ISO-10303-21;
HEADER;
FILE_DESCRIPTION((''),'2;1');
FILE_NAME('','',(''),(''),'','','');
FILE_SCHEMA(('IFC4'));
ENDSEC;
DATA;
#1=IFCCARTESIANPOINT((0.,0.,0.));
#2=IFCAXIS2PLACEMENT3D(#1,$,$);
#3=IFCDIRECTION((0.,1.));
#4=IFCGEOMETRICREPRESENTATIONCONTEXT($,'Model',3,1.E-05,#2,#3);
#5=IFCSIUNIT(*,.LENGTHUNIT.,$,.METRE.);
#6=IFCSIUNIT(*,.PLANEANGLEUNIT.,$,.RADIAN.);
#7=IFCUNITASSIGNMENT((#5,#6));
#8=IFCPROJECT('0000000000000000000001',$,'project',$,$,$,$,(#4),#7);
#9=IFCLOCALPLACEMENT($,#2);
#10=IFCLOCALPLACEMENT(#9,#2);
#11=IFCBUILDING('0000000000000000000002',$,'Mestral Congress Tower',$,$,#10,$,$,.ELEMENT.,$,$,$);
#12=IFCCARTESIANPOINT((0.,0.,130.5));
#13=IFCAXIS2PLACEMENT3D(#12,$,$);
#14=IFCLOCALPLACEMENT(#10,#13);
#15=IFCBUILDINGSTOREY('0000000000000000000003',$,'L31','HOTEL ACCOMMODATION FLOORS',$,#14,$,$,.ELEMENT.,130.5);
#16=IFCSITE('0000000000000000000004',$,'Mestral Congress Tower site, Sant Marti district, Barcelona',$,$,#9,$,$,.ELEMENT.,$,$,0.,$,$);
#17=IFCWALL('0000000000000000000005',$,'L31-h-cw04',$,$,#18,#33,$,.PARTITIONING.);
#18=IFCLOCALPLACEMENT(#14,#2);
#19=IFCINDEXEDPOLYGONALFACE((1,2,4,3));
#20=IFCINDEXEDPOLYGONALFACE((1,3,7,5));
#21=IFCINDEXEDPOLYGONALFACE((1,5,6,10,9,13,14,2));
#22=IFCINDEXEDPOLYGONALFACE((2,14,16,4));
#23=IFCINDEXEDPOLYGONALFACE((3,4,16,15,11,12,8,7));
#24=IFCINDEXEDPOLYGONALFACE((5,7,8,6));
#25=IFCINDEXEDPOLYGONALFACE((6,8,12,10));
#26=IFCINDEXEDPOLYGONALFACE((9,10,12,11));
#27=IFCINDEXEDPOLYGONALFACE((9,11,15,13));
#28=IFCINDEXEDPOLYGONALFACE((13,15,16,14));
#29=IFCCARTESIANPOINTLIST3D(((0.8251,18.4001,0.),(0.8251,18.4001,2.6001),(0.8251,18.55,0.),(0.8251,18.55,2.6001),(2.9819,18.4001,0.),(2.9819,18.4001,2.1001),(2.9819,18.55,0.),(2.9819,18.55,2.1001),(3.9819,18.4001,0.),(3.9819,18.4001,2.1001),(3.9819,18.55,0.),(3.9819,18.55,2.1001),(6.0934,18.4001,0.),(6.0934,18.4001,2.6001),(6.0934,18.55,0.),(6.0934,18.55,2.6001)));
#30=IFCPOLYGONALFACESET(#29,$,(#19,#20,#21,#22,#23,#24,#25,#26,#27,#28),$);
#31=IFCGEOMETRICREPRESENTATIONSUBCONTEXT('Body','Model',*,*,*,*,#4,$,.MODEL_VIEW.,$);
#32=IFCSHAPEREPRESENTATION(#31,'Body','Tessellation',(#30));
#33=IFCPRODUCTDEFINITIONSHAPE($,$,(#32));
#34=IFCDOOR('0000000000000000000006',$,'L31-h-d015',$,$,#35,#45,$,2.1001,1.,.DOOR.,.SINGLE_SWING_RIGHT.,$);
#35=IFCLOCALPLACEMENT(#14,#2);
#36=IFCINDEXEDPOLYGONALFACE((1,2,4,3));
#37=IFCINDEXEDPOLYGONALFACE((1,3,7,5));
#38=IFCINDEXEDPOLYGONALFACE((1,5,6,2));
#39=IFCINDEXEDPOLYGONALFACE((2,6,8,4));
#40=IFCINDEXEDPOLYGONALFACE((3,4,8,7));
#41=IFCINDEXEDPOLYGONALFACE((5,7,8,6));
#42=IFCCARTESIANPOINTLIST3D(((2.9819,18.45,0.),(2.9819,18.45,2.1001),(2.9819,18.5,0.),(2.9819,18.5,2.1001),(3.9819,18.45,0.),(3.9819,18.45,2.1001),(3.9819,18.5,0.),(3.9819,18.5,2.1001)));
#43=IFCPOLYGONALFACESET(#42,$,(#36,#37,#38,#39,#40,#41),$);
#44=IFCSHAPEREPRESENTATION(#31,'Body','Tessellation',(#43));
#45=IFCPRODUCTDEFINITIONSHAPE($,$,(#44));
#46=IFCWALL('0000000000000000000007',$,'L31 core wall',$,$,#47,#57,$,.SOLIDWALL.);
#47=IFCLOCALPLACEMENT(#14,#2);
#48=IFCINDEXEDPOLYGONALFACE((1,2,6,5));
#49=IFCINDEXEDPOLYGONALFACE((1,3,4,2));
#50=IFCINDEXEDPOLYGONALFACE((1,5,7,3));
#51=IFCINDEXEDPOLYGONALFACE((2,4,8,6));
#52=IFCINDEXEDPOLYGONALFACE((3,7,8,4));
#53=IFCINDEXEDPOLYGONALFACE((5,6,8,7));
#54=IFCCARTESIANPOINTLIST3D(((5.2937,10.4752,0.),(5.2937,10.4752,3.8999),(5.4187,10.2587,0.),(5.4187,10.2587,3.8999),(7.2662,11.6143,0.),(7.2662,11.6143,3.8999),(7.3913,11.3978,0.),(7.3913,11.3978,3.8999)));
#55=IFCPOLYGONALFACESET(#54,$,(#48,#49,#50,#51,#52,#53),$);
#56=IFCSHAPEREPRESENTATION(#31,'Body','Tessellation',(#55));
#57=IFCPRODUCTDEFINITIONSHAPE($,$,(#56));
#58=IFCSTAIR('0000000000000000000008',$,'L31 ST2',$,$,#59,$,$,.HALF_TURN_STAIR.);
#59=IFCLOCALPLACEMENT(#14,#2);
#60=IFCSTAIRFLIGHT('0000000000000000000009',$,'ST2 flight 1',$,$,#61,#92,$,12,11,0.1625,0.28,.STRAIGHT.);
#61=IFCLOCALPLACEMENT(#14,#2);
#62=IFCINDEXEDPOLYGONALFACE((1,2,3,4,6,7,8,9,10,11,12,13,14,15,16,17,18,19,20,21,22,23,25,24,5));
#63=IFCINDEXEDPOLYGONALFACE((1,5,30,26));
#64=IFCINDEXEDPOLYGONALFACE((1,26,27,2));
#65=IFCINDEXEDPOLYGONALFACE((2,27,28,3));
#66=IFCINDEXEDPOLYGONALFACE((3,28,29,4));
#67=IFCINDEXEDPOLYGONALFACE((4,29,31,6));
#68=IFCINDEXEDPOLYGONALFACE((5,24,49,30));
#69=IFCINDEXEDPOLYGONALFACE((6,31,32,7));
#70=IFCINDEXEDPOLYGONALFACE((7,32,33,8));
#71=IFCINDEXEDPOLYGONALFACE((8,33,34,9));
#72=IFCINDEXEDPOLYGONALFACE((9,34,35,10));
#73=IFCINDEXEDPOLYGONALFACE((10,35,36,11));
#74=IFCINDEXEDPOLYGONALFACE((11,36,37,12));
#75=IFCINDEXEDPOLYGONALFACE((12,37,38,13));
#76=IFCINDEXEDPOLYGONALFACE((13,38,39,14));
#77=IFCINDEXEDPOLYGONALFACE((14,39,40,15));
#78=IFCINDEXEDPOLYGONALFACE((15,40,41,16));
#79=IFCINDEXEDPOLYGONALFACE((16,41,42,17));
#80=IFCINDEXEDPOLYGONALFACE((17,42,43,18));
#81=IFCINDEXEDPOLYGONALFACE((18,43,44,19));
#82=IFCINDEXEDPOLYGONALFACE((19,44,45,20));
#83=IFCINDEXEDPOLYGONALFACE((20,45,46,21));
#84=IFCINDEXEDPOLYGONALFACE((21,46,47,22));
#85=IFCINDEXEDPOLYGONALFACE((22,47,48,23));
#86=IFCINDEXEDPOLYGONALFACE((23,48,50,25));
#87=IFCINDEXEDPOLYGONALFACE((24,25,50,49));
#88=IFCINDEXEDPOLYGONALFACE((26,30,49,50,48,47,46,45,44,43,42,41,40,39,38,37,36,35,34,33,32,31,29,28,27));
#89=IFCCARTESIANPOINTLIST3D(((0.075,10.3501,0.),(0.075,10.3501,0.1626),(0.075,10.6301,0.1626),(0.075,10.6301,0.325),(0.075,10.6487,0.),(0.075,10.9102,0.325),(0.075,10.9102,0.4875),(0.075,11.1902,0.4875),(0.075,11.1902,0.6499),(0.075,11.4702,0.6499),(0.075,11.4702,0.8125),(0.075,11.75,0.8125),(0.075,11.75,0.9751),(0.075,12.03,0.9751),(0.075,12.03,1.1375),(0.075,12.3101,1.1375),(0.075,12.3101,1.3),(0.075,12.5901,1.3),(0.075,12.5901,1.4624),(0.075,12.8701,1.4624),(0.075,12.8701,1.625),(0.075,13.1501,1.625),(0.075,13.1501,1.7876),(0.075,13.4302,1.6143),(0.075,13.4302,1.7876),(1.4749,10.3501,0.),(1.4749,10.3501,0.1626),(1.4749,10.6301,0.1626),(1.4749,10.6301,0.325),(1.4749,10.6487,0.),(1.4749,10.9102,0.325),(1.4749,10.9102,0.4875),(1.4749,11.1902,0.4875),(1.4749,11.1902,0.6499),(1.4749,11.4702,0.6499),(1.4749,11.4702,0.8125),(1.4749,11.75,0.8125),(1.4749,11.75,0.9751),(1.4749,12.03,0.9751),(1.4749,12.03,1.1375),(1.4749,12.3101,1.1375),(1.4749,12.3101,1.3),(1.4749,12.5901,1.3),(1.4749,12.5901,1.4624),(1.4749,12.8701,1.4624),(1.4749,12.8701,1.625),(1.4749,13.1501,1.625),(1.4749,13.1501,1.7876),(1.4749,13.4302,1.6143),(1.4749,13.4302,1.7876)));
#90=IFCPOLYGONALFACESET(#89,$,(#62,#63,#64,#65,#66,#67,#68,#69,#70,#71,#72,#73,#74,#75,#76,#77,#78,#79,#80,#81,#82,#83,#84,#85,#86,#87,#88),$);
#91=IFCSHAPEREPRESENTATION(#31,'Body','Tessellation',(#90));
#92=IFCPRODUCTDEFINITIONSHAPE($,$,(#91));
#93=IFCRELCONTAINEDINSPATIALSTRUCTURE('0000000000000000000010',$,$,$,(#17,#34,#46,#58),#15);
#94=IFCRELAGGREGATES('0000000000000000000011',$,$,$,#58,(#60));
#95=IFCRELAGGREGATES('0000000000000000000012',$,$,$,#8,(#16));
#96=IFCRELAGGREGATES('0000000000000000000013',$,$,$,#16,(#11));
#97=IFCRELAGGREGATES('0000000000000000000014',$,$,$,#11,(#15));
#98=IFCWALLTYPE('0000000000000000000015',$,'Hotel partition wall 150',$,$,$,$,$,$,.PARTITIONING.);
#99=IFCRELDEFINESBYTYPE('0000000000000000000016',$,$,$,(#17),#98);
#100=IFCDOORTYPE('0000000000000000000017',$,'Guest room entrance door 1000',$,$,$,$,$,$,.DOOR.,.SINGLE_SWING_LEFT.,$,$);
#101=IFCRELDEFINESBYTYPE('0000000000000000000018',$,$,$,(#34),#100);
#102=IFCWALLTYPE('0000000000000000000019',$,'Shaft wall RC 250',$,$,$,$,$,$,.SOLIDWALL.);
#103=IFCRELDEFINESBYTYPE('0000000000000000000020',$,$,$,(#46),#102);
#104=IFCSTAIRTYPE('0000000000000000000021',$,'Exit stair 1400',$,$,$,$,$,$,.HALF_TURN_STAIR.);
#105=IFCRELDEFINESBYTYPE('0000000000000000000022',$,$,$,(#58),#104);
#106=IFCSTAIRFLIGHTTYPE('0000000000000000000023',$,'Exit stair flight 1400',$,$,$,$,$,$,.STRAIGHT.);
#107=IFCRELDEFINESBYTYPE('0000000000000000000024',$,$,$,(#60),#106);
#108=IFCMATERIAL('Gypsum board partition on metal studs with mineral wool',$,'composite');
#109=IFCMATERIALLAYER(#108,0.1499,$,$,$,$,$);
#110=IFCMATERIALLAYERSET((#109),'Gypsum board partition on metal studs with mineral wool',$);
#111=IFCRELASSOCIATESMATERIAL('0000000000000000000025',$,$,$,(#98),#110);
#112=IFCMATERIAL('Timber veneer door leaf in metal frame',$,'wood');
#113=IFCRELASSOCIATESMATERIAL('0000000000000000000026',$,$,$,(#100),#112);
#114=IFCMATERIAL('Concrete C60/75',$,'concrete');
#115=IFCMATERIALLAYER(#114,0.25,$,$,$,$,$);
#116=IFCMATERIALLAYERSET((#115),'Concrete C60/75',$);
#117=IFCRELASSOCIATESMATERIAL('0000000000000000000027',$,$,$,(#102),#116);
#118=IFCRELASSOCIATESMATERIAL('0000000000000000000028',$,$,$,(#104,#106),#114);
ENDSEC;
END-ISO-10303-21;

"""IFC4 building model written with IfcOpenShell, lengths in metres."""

from ifc_helpers import new_model, si_unit, direction, frame, frame_2d, origin, place, context, subcontext, project, spatial, polyline, rectangle, outline, extrude, material, layer, layer_set, type_object, element, fill, aggregate, save


model = new_model("IFC4")

# Units and contexts
model_context = context("Model", 3, precision=1e-05, world=origin(), true_north=direction((0.0, 1.0)))
body_context = subcontext(model_context, "Body", "Model", "MODEL_VIEW")
ifc_project = project(units=[si_unit("LENGTHUNIT", "METRE"), si_unit("PLANEANGLEUNIT", "RADIAN")], contexts=[model_context])

# Site, building, storey
site_placement = place(None, origin())
site = spatial("IfcSite", under=ifc_project, at=site_placement, Name="Mestral Congress Tower site, Sant Marti district, Barcelona", CompositionType="ELEMENT", RefElevation=0.0)
building_placement = place(site_placement, origin())
building = spatial("IfcBuilding", under=site, at=building_placement, Name="Mestral Congress Tower", CompositionType="ELEMENT")
storey_placement = place(building_placement, frame((0.0, 0.0, 130.5)))
storey = spatial("IfcBuildingStorey", under=building, at=storey_placement, Name="L31", Description="HOTEL ACCOMMODATION FLOORS", CompositionType="ELEMENT", Elevation=130.5)

# Shared definitions
ifc_material_1 = material(Name="Concrete C60/75", Category="concrete")

# Shared definitions
ifc_material_2 = material(Name="Gypsum board partition on metal studs with mineral wool", Category="composite")
ifc_layer_1 = layer(ifc_material_2, 0.1499)
ifc_layer_set_1 = layer_set([ifc_layer_1], Name="Gypsum board partition on metal studs with mineral wool")
wall_type_1 = type_object("IfcWallType", Name="Hotel partition wall 150", PredefinedType="PARTITIONING", material=ifc_layer_set_1)
ifc_material_3 = material(Name="Timber veneer door leaf in metal frame", Category="wood")
door_type_1 = type_object("IfcDoorType", Name="Guest room entrance door 1000", OperationType="SINGLE_SWING_LEFT", PredefinedType="DOOR", material=ifc_material_3)

# Wall, opening, door
wall_1_placement = place(storey_placement, frame((0.825, 18.4751, 0.0), z_axis=(0.0, 0.0, 1.0), x_axis=(1.0, 0.0, 0.0)))
wall_1 = element("IfcWall", 1, at=wall_1_placement, inside=storey, type_object=wall_type_1, Name="L31-h-cw04", PredefinedType="PARTITIONING", context=body_context, shape_type="SweptSolid", body=[
    extrude(rectangle(XDim=5.2683, YDim=0.1499, at=frame_2d((2.6343, 0.0))), origin(), (0.0, 0.0, 1.0), 2.6001),
])
opening_1_placement = place(wall_1_placement, frame((2.157, 0.0, 0.0)))
opening_1 = element("IfcOpeningElement", 2, at=opening_1_placement, cuts=wall_1, PredefinedType="OPENING", context=body_context, shape_type="SweptSolid", body=[
    extrude(rectangle(XDim=1.0, YDim=2.1001, at=frame_2d((0.5, 1.05))), frame((0.0, 0.085, 0.0), z_axis=(0.0, -1.0, 0.0), x_axis=(1.0, 0.0, 0.0)), (0.0, 0.0, 1.0), 0.1699),
])
door_1_placement = place(opening_1_placement, origin())
door_1 = element("IfcDoor", 3, at=door_1_placement, inside=storey, type_object=door_type_1, Name="L31-h-d015", OperationType="SINGLE_SWING_RIGHT", OverallHeight=2.1001, OverallWidth=1.0, PredefinedType="DOOR", context=body_context, shape_type="SweptSolid", body=[
    extrude(rectangle(XDim=1.0, YDim=2.1001, at=frame_2d((0.5, 1.05))), frame((0.0, 0.0249, 0.0), z_axis=(0.0, -1.0, 0.0), x_axis=(1.0, 0.0, 0.0)), (0.0, 0.0, 1.0), 0.05),
])
fill(opening_1, door_1)

# Wall
ifc_layer_2 = layer(ifc_material_1, 0.25)
ifc_layer_set_2 = layer_set([ifc_layer_2], Name="Concrete C60/75")
wall_type_2 = type_object("IfcWallType", Name="Shaft wall RC 250", PredefinedType="SOLIDWALL", material=ifc_layer_set_2)
wall_2_placement = place(storey_placement, frame((5.3562, 10.3669, 0.0), z_axis=(0.0, 0.0, 1.0), x_axis=(0.865979, 0.500081, 0.0)))
element("IfcWall", 4, at=wall_2_placement, inside=storey, type_object=wall_type_2, Name="L31 core wall", PredefinedType="SOLIDWALL", context=body_context, shape_type="SweptSolid", body=[
    extrude(rectangle(XDim=2.2778, YDim=0.25, at=frame_2d((1.1389, 0.0))), origin(), (0.0, 0.0, 1.0), 3.8999),
])

# Stair, stair flight
stair_type = type_object("IfcStairType", Name="Exit stair 1400", PredefinedType="HALF_TURN_STAIR", material=ifc_material_1)
stair_placement = place(storey_placement, origin())
stair = element("IfcStair", 5, at=stair_placement, inside=storey, type_object=stair_type, Name="L31 ST2", PredefinedType="HALF_TURN_STAIR")
stair_flight_type = type_object("IfcStairFlightType", Name="Exit stair flight 1400", PredefinedType="STRAIGHT", material=ifc_material_1)
stair_flight_placement = place(storey_placement, frame((0.7749, 10.3501, 0.0), z_axis=(0.0, 0.0, 1.0), x_axis=(0.0, 1.0, 0.0)))
stair_flight = element("IfcStairFlight", 6, at=stair_flight_placement, type_object=stair_flight_type, Name="ST2 flight 1", NumberOfRisers=12, NumberOfTreads=11, PredefinedType="STRAIGHT", RiserHeight=0.1625, TreadLength=0.28, context=body_context, shape_type="SweptSolid", body=[
    extrude(outline(polyline([(0.0, 0.0), (0.0, 0.1626), (0.28, 0.1626), (0.28, 0.325), (0.5601, 0.325), (0.5601, 0.4875), (0.8401, 0.4875), (0.8401, 0.6499), (1.1201, 0.6499), (1.1201, 0.8125), (1.3999, 0.8125), (1.3999, 0.9751), (1.6799, 0.9751), (1.6799, 1.1375), (1.96, 1.1375), (1.96, 1.3), (2.24, 1.3), (2.24, 1.4624), (2.52, 1.4624), (2.52, 1.625), (2.8, 1.625), (2.8, 1.7876), (3.0801, 1.7876), (3.0801, 1.95), (3.0801, 1.6143), (0.2986, 0.0), (0.0, 0.0)])), frame((0.0, 0.7, 0.0), z_axis=(0.0, -1.0, 0.0), x_axis=(1.0, 0.0, 0.0)), (0.0, 0.0, 1.0), 1.3999),
])
aggregate(stair, [stair_flight])

save(model, "model.ifc")
